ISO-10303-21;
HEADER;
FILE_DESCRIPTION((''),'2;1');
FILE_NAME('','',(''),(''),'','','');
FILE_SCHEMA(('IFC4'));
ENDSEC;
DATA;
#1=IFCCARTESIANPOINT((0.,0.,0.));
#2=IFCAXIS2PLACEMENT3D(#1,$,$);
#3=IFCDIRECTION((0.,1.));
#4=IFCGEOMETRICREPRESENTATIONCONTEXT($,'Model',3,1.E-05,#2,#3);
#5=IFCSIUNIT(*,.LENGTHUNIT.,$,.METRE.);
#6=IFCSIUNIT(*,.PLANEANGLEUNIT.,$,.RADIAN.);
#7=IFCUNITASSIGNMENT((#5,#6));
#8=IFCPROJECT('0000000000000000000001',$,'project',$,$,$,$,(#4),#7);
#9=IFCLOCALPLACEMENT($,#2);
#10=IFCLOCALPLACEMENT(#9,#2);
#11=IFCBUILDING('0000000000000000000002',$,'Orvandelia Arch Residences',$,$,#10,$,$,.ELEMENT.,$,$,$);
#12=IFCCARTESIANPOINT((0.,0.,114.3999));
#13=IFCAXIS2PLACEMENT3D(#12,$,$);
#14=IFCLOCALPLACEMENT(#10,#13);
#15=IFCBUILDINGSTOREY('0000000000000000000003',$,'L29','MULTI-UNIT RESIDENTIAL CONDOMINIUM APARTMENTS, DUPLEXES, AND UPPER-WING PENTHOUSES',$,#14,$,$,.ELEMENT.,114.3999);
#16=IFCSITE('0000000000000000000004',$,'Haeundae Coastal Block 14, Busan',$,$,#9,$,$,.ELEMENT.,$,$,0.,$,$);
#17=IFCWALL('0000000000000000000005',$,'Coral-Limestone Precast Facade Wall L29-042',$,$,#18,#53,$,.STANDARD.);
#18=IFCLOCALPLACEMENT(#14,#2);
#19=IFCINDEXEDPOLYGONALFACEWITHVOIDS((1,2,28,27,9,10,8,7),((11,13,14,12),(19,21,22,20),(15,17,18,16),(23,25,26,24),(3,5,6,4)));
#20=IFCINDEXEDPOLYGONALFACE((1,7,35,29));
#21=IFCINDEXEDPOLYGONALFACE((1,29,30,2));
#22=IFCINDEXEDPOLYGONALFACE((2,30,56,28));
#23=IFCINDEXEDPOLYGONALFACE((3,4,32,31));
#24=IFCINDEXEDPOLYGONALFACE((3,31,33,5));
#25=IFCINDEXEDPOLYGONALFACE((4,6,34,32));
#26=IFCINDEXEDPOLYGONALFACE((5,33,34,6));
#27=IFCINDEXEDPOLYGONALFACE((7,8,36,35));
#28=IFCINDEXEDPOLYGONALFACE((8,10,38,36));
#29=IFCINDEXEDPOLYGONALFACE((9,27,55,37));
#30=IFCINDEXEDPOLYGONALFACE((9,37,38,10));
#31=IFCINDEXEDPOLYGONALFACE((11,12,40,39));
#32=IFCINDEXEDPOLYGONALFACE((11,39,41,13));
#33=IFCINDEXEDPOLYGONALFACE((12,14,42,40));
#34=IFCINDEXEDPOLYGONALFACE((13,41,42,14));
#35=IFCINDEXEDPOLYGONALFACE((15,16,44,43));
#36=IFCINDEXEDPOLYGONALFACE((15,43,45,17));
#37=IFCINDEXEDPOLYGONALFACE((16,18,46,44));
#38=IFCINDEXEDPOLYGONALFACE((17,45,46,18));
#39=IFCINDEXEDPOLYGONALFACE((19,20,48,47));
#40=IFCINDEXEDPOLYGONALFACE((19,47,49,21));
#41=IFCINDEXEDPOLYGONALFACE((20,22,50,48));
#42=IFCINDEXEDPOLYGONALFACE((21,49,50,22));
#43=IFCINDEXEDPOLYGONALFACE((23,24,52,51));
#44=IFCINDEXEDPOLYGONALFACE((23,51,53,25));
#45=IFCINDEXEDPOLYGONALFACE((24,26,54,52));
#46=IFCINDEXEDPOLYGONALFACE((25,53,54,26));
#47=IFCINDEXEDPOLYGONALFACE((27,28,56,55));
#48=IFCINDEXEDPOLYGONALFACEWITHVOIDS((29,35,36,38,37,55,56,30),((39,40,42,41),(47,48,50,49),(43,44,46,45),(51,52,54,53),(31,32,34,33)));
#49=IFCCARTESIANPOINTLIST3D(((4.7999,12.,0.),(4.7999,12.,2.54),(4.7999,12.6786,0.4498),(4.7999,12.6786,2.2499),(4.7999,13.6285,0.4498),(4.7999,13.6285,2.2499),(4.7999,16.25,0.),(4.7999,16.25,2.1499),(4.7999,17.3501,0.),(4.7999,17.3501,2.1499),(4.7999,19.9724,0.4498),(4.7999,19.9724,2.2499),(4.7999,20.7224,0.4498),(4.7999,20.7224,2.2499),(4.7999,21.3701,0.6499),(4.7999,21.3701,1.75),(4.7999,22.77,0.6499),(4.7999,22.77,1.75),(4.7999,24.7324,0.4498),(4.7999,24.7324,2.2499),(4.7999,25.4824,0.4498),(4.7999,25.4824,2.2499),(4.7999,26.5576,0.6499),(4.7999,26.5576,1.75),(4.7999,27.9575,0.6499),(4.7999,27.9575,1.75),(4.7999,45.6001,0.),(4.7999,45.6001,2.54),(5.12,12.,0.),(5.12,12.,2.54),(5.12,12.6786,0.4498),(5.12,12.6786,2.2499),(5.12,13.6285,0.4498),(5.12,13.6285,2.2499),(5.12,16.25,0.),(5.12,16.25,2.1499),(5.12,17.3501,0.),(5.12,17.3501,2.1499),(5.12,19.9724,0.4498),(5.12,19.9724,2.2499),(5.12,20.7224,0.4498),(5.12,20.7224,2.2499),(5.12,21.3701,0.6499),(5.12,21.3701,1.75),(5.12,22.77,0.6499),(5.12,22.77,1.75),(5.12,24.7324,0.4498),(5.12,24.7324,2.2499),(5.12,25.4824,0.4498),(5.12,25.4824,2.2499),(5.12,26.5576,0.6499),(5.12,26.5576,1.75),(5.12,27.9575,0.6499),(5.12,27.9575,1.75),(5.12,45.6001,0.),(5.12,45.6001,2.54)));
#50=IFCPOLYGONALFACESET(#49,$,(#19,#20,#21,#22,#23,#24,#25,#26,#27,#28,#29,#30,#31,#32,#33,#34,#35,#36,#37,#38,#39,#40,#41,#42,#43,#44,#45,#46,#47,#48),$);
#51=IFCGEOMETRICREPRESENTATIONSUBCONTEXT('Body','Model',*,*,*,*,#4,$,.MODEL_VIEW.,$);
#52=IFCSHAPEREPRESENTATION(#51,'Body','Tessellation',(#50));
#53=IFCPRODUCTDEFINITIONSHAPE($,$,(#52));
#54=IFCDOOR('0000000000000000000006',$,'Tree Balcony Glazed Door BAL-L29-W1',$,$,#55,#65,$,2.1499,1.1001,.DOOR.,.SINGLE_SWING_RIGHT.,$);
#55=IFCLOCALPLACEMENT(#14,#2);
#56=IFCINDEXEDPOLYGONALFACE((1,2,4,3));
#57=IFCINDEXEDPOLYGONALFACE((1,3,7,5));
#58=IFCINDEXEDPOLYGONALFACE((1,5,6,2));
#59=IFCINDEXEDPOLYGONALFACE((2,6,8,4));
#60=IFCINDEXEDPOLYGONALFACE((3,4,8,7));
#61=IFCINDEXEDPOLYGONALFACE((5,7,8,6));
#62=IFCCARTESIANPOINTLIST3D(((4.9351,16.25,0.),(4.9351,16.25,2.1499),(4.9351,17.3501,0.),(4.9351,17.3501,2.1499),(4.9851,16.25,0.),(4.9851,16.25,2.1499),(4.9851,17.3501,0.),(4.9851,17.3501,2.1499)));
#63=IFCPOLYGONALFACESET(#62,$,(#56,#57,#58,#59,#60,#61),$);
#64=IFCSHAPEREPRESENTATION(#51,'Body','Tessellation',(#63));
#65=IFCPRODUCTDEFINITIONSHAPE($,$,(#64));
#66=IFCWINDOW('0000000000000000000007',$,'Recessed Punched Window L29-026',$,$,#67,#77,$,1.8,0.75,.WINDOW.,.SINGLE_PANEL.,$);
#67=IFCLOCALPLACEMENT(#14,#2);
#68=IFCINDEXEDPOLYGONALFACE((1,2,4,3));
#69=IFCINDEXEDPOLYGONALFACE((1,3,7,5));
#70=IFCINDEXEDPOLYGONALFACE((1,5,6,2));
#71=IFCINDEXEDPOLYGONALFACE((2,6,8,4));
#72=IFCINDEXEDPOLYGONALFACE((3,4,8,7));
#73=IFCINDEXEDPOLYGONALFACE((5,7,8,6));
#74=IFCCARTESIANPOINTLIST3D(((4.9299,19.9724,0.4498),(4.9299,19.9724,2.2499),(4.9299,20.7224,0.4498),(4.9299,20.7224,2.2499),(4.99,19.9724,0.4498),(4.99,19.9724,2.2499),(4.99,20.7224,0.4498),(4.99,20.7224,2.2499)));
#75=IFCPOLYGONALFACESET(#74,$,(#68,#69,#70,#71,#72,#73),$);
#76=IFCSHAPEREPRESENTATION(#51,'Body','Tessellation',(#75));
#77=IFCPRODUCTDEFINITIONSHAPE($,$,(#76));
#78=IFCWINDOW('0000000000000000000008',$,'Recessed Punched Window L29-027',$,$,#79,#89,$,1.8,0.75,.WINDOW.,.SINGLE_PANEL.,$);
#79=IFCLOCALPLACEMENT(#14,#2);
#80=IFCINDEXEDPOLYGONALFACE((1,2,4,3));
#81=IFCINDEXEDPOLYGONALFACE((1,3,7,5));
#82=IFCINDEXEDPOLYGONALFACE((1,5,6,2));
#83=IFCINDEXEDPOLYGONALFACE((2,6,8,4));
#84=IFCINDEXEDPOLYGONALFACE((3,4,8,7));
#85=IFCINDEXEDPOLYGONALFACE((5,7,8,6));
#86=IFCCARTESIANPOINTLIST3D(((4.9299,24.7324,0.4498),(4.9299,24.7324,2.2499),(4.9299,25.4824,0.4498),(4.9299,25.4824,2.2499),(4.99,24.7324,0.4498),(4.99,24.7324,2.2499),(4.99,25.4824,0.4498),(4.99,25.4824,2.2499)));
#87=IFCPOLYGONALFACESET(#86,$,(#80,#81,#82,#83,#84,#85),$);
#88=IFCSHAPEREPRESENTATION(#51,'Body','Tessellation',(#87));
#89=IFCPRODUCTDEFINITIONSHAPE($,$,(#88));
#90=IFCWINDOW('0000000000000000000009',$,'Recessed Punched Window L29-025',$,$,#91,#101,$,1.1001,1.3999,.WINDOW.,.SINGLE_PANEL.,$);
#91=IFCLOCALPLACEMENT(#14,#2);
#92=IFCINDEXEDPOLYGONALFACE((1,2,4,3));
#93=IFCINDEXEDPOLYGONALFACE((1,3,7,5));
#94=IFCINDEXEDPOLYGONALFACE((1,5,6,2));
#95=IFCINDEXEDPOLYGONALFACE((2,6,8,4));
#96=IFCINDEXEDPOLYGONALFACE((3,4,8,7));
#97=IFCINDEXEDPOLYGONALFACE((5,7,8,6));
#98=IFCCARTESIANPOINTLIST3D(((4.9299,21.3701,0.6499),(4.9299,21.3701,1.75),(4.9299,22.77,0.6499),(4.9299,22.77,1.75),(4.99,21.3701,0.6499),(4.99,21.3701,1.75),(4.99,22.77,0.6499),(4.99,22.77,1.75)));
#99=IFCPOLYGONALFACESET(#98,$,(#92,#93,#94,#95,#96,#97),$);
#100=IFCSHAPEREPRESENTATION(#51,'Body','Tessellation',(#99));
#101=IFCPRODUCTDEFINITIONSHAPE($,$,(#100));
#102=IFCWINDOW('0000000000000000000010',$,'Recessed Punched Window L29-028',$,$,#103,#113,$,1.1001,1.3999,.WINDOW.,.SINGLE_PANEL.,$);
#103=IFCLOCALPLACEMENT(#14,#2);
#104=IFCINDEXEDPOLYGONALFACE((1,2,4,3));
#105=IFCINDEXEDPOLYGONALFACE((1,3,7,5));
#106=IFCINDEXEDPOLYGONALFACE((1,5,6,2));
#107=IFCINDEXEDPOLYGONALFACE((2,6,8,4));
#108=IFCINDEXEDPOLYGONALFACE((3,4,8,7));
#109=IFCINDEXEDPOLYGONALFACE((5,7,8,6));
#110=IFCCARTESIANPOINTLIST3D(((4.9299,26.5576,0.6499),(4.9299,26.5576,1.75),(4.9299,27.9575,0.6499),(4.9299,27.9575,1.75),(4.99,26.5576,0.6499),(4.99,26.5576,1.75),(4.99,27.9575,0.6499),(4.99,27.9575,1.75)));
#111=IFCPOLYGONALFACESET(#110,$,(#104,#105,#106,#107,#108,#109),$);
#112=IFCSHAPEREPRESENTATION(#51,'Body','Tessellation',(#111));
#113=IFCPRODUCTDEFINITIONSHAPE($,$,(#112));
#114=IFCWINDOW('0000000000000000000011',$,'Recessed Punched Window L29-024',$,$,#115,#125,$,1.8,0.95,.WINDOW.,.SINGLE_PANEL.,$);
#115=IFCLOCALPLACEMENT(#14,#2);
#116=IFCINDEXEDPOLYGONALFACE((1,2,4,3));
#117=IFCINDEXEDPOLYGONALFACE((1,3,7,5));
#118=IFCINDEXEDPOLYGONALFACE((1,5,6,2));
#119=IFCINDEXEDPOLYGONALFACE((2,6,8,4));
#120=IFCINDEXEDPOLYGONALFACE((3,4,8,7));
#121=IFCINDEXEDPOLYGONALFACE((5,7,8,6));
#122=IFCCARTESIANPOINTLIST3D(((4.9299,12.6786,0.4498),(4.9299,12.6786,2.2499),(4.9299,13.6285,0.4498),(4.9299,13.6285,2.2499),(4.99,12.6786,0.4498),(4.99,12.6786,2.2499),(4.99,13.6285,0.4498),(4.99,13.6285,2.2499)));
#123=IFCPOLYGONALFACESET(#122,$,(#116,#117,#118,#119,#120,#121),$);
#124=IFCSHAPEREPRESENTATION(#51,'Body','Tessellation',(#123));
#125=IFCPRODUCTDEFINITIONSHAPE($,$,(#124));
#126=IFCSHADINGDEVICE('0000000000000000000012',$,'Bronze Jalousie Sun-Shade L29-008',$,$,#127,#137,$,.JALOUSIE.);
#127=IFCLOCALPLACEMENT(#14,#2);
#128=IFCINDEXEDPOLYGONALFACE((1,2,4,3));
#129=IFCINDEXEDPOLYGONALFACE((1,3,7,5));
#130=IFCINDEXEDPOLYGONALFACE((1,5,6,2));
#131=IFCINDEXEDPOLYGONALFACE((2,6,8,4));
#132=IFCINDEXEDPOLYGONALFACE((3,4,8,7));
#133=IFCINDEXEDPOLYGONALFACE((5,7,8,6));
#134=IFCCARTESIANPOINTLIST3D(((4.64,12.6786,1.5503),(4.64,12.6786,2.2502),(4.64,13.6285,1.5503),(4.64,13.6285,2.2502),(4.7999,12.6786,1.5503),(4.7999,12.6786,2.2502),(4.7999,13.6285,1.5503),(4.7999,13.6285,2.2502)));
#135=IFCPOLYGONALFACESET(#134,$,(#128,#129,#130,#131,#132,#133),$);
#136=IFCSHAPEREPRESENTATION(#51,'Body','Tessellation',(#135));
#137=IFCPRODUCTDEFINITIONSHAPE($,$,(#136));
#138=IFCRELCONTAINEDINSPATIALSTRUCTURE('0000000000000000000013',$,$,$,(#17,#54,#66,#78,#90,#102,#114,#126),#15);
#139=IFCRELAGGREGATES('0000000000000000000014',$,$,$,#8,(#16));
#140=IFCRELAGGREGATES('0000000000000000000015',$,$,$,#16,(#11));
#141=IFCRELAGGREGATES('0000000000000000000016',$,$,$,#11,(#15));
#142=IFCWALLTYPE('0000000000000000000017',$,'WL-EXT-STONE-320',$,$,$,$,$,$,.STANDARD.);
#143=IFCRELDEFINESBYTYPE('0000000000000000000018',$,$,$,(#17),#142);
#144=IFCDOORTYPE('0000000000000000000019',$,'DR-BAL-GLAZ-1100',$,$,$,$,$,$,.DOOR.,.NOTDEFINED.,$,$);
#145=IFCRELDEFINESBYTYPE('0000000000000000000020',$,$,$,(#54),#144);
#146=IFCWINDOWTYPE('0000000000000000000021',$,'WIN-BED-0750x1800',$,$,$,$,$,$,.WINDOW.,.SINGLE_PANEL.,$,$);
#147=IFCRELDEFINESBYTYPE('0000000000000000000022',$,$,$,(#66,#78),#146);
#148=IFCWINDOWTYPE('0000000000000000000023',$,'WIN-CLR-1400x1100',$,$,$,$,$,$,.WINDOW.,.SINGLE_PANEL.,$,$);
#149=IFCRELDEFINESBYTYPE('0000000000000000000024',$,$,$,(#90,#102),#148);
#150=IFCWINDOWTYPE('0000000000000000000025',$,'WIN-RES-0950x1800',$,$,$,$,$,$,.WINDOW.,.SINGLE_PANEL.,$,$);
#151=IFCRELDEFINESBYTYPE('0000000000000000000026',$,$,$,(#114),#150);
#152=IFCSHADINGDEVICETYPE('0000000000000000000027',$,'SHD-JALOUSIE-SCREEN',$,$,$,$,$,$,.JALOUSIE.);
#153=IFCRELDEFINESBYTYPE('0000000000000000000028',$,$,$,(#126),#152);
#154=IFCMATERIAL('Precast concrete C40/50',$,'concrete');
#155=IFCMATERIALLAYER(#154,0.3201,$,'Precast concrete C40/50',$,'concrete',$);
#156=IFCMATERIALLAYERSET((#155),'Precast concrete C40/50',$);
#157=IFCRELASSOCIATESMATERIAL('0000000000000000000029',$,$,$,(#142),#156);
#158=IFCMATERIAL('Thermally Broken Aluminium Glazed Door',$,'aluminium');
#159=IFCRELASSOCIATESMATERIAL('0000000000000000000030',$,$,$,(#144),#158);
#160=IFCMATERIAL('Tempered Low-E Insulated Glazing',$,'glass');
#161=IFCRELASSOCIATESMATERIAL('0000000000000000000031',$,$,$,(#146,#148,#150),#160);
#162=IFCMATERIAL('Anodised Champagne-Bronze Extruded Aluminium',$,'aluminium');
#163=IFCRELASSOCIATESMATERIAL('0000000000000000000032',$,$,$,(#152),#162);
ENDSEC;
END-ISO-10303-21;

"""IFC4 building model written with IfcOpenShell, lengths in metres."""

from ifc_helpers import new_model, si_unit, direction, frame, frame_2d, origin, origin_2d, place, context, subcontext, project, spatial, rectangle, extrude, material, layer, layer_set, type_object, element, fill, save


model = new_model("IFC4")

# Units and contexts
model_context = context("Model", 3, precision=1e-05, world=origin(), true_north=direction((0.0, 1.0)))
body_context = subcontext(model_context, "Body", "Model", "MODEL_VIEW")
ifc_project = project(units=[si_unit("LENGTHUNIT", "METRE"), si_unit("PLANEANGLEUNIT", "RADIAN")], contexts=[model_context])

# Site, building, storey
site_placement = place(None, origin())
site = spatial("IfcSite", under=ifc_project, at=site_placement, Name="Haeundae Coastal Block 14, Busan", CompositionType="ELEMENT", RefElevation=0.0)
building_placement = place(site_placement, origin())
building = spatial("IfcBuilding", under=site, at=building_placement, Name="Orvandelia Arch Residences", CompositionType="ELEMENT")
storey_placement = place(building_placement, frame((0.0, 0.0, 114.3999)))
storey = spatial("IfcBuildingStorey", under=building, at=storey_placement, Name="L29", Description="MULTI-UNIT RESIDENTIAL CONDOMINIUM APARTMENTS, DUPLEXES, AND UPPER-WING PENTHOUSES", CompositionType="ELEMENT", Elevation=114.3999)

# Shared definitions
ifc_material_1 = material(Name="Precast concrete C40/50", Category="concrete")

# Shared definitions
ifc_layer_1 = layer(ifc_material_1, 0.3201, Name="Precast concrete C40/50", Category="concrete")
ifc_layer_set_1 = layer_set([ifc_layer_1], Name="Precast concrete C40/50")
wall_type_1 = type_object("IfcWallType", Name="WL-EXT-STONE-320", PredefinedType="STANDARD", material=ifc_layer_set_1)

# Wall, openings, door, windows
wall_1_placement = place(storey_placement, frame((4.96, 12.0, 0.0), z_axis=(0.0, 0.0, 1.0), x_axis=(0.0, 1.0, 0.0)))
wall_1 = element("IfcWall", 1, at=wall_1_placement, inside=storey, type_object=wall_type_1, Name="Coral-Limestone Precast Facade Wall L29-042", PredefinedType="STANDARD", context=body_context, shape_type="SweptSolid", body=[
    extrude(rectangle(XDim=33.6001, YDim=0.3201, at=frame_2d((16.8, 0.0))), origin(), (0.0, 0.0, 1.0), 2.54),
])
opening_1_placement = place(wall_1_placement, frame((4.25, 0.0, 0.0)))
opening_1 = element("IfcOpeningElement", 2, at=opening_1_placement, cuts=wall_1, PredefinedType="OPENING", context=body_context, shape_type="SweptSolid", body=[
    extrude(rectangle(XDim=1.1001, YDim=2.1499, at=frame_2d((0.55, 1.075))), frame((0.0, 0.1699, 0.0), z_axis=(0.0, -1.0, 0.0), x_axis=(1.0, 0.0, 0.0)), (0.0, 0.0, 1.0), 0.3401),
])
opening_2_placement = place(wall_1_placement, frame((0.6785, 0.0, 0.45)))
opening_2 = element("IfcOpeningElement", 3, at=opening_2_placement, cuts=wall_1, PredefinedType="OPENING", context=body_context, shape_type="SweptSolid", body=[
    extrude(rectangle(XDim=0.95, YDim=1.8, at=frame_2d((0.4751, 0.8999))), frame((0.0, 0.1699, 0.0), z_axis=(0.0, -1.0, 0.0), x_axis=(1.0, 0.0, 0.0)), (0.0, 0.0, 1.0), 0.3401),
])
opening_3_placement = place(wall_1_placement, frame((9.3701, 0.0, 0.6499)))
opening_3 = element("IfcOpeningElement", 4, at=opening_3_placement, cuts=wall_1, PredefinedType="OPENING", context=body_context, shape_type="SweptSolid", body=[
    extrude(rectangle(XDim=1.3999, YDim=1.1001, at=frame_2d((0.7, 0.55))), frame((0.0, 0.1699, 0.0), z_axis=(0.0, -1.0, 0.0), x_axis=(1.0, 0.0, 0.0)), (0.0, 0.0, 1.0), 0.3401),
])
opening_4_placement = place(wall_1_placement, frame((7.9724, 0.0, 0.45)))
opening_4 = element("IfcOpeningElement", 5, at=opening_4_placement, cuts=wall_1, PredefinedType="OPENING", context=body_context, shape_type="SweptSolid", body=[
    extrude(rectangle(XDim=0.75, YDim=1.8, at=frame_2d((0.375, 0.8999))), frame((0.0, 0.1699, 0.0), z_axis=(0.0, -1.0, 0.0), x_axis=(1.0, 0.0, 0.0)), (0.0, 0.0, 1.0), 0.3401),
])
opening_5_placement = place(wall_1_placement, frame((12.7324, 0.0, 0.45)))
opening_5 = element("IfcOpeningElement", 6, at=opening_5_placement, cuts=wall_1, PredefinedType="OPENING", context=body_context, shape_type="SweptSolid", body=[
    extrude(rectangle(XDim=0.75, YDim=1.8, at=frame_2d((0.375, 0.8999))), frame((0.0, 0.1699, 0.0), z_axis=(0.0, -1.0, 0.0), x_axis=(1.0, 0.0, 0.0)), (0.0, 0.0, 1.0), 0.3401),
])
opening_6_placement = place(wall_1_placement, frame((14.5576, 0.0, 0.6499)))
opening_6 = element("IfcOpeningElement", 7, at=opening_6_placement, cuts=wall_1, PredefinedType="OPENING", context=body_context, shape_type="SweptSolid", body=[
    extrude(rectangle(XDim=1.3999, YDim=1.1001, at=frame_2d((0.7, 0.55))), frame((0.0, 0.1699, 0.0), z_axis=(0.0, -1.0, 0.0), x_axis=(1.0, 0.0, 0.0)), (0.0, 0.0, 1.0), 0.3401),
])
ifc_material_2 = material(Name="Thermally Broken Aluminium Glazed Door", Category="aluminium")
door_type_1 = type_object("IfcDoorType", Name="DR-BAL-GLAZ-1100", OperationType="NOTDEFINED", PredefinedType="DOOR", material=ifc_material_2)
door_1_placement = place(opening_1_placement, origin())
door_1 = element("IfcDoor", 8, at=door_1_placement, inside=storey, type_object=door_type_1, Name="Tree Balcony Glazed Door BAL-L29-W1", OperationType="SINGLE_SWING_RIGHT", OverallHeight=2.1499, OverallWidth=1.1001, PredefinedType="DOOR", context=body_context, shape_type="SweptSolid", body=[
    extrude(rectangle(XDim=1.1001, YDim=2.1499, at=frame_2d((0.55, 1.075))), frame((0.0, 0.0249, 0.0), z_axis=(0.0, -1.0, 0.0), x_axis=(1.0, 0.0, 0.0)), (0.0, 0.0, 1.0), 0.05),
])
fill(opening_1, door_1)
ifc_material_3 = material(Name="Tempered Low-E Insulated Glazing", Category="glass")
window_type_1 = type_object("IfcWindowType", Name="WIN-BED-0750x1800", PartitioningType="SINGLE_PANEL", PredefinedType="WINDOW", material=ifc_material_3)
window_1_placement = place(opening_4_placement, origin())
window_1 = element("IfcWindow", 9, at=window_1_placement, inside=storey, type_object=window_type_1, Name="Recessed Punched Window L29-026", OverallHeight=1.8, OverallWidth=0.75, PartitioningType="SINGLE_PANEL", PredefinedType="WINDOW", context=body_context, shape_type="SweptSolid", body=[
    extrude(rectangle(XDim=0.75, YDim=1.8, at=frame_2d((0.375, 0.8999))), frame((0.0, 0.03, 0.0), z_axis=(0.0, -1.0, 0.0), x_axis=(1.0, 0.0, 0.0)), (0.0, 0.0, 1.0), 0.0601),
])
fill(opening_4, window_1)
window_2_placement = place(opening_5_placement, origin())
window_2 = element("IfcWindow", 10, at=window_2_placement, inside=storey, type_object=window_type_1, Name="Recessed Punched Window L29-027", OverallHeight=1.8, OverallWidth=0.75, PartitioningType="SINGLE_PANEL", PredefinedType="WINDOW", context=body_context, shape_type="SweptSolid", body=[
    extrude(rectangle(XDim=0.75, YDim=1.8, at=frame_2d((0.375, 0.8999))), frame((0.0, 0.03, 0.0), z_axis=(0.0, -1.0, 0.0), x_axis=(1.0, 0.0, 0.0)), (0.0, 0.0, 1.0), 0.0601),
])
fill(opening_5, window_2)
window_type_2 = type_object("IfcWindowType", Name="WIN-CLR-1400x1100", PartitioningType="SINGLE_PANEL", PredefinedType="WINDOW", material=ifc_material_3)
window_3_placement = place(opening_3_placement, origin())
window_3 = element("IfcWindow", 11, at=window_3_placement, inside=storey, type_object=window_type_2, Name="Recessed Punched Window L29-025", OverallHeight=1.1001, OverallWidth=1.3999, PartitioningType="SINGLE_PANEL", PredefinedType="WINDOW", context=body_context, shape_type="SweptSolid", body=[
    extrude(rectangle(XDim=1.3999, YDim=1.1001, at=frame_2d((0.7, 0.55))), frame((0.0, 0.03, 0.0), z_axis=(0.0, -1.0, 0.0), x_axis=(1.0, 0.0, 0.0)), (0.0, 0.0, 1.0), 0.0601),
])
fill(opening_3, window_3)
window_4_placement = place(opening_6_placement, origin())
window_4 = element("IfcWindow", 12, at=window_4_placement, inside=storey, type_object=window_type_2, Name="Recessed Punched Window L29-028", OverallHeight=1.1001, OverallWidth=1.3999, PartitioningType="SINGLE_PANEL", PredefinedType="WINDOW", context=body_context, shape_type="SweptSolid", body=[
    extrude(rectangle(XDim=1.3999, YDim=1.1001, at=frame_2d((0.7, 0.55))), frame((0.0, 0.03, 0.0), z_axis=(0.0, -1.0, 0.0), x_axis=(1.0, 0.0, 0.0)), (0.0, 0.0, 1.0), 0.0601),
])
fill(opening_6, window_4)
window_type_3 = type_object("IfcWindowType", Name="WIN-RES-0950x1800", PartitioningType="SINGLE_PANEL", PredefinedType="WINDOW", material=ifc_material_3)
window_5_placement = place(opening_2_placement, origin())
window_5 = element("IfcWindow", 13, at=window_5_placement, inside=storey, type_object=window_type_3, Name="Recessed Punched Window L29-024", OverallHeight=1.8, OverallWidth=0.95, PartitioningType="SINGLE_PANEL", PredefinedType="WINDOW", context=body_context, shape_type="SweptSolid", body=[
    extrude(rectangle(XDim=0.95, YDim=1.8, at=frame_2d((0.4751, 0.8999))), frame((0.0, 0.03, 0.0), z_axis=(0.0, -1.0, 0.0), x_axis=(1.0, 0.0, 0.0)), (0.0, 0.0, 1.0), 0.0601),
])
fill(opening_2, window_5)

# Shading device
ifc_material_4 = material(Name="Anodised Champagne-Bronze Extruded Aluminium", Category="aluminium")
shading_device_type = type_object("IfcShadingDeviceType", Name="SHD-JALOUSIE-SCREEN", PredefinedType="JALOUSIE", material=ifc_material_4)
shading_device_placement = place(storey_placement, frame((4.72, 13.1536, 1.5503), z_axis=(0.0, 0.0, 1.0), x_axis=(0.0, 1.0, 0.0)))
element("IfcShadingDevice", 14, at=shading_device_placement, inside=storey, type_object=shading_device_type, Name="Bronze Jalousie Sun-Shade L29-008", PredefinedType="JALOUSIE", context=body_context, shape_type="SweptSolid", body=[
    extrude(rectangle(XDim=0.95, YDim=0.1599, at=origin_2d()), origin(), (0.0, 0.0, 1.0), 0.7),
])

save(model, "model.ifc")
